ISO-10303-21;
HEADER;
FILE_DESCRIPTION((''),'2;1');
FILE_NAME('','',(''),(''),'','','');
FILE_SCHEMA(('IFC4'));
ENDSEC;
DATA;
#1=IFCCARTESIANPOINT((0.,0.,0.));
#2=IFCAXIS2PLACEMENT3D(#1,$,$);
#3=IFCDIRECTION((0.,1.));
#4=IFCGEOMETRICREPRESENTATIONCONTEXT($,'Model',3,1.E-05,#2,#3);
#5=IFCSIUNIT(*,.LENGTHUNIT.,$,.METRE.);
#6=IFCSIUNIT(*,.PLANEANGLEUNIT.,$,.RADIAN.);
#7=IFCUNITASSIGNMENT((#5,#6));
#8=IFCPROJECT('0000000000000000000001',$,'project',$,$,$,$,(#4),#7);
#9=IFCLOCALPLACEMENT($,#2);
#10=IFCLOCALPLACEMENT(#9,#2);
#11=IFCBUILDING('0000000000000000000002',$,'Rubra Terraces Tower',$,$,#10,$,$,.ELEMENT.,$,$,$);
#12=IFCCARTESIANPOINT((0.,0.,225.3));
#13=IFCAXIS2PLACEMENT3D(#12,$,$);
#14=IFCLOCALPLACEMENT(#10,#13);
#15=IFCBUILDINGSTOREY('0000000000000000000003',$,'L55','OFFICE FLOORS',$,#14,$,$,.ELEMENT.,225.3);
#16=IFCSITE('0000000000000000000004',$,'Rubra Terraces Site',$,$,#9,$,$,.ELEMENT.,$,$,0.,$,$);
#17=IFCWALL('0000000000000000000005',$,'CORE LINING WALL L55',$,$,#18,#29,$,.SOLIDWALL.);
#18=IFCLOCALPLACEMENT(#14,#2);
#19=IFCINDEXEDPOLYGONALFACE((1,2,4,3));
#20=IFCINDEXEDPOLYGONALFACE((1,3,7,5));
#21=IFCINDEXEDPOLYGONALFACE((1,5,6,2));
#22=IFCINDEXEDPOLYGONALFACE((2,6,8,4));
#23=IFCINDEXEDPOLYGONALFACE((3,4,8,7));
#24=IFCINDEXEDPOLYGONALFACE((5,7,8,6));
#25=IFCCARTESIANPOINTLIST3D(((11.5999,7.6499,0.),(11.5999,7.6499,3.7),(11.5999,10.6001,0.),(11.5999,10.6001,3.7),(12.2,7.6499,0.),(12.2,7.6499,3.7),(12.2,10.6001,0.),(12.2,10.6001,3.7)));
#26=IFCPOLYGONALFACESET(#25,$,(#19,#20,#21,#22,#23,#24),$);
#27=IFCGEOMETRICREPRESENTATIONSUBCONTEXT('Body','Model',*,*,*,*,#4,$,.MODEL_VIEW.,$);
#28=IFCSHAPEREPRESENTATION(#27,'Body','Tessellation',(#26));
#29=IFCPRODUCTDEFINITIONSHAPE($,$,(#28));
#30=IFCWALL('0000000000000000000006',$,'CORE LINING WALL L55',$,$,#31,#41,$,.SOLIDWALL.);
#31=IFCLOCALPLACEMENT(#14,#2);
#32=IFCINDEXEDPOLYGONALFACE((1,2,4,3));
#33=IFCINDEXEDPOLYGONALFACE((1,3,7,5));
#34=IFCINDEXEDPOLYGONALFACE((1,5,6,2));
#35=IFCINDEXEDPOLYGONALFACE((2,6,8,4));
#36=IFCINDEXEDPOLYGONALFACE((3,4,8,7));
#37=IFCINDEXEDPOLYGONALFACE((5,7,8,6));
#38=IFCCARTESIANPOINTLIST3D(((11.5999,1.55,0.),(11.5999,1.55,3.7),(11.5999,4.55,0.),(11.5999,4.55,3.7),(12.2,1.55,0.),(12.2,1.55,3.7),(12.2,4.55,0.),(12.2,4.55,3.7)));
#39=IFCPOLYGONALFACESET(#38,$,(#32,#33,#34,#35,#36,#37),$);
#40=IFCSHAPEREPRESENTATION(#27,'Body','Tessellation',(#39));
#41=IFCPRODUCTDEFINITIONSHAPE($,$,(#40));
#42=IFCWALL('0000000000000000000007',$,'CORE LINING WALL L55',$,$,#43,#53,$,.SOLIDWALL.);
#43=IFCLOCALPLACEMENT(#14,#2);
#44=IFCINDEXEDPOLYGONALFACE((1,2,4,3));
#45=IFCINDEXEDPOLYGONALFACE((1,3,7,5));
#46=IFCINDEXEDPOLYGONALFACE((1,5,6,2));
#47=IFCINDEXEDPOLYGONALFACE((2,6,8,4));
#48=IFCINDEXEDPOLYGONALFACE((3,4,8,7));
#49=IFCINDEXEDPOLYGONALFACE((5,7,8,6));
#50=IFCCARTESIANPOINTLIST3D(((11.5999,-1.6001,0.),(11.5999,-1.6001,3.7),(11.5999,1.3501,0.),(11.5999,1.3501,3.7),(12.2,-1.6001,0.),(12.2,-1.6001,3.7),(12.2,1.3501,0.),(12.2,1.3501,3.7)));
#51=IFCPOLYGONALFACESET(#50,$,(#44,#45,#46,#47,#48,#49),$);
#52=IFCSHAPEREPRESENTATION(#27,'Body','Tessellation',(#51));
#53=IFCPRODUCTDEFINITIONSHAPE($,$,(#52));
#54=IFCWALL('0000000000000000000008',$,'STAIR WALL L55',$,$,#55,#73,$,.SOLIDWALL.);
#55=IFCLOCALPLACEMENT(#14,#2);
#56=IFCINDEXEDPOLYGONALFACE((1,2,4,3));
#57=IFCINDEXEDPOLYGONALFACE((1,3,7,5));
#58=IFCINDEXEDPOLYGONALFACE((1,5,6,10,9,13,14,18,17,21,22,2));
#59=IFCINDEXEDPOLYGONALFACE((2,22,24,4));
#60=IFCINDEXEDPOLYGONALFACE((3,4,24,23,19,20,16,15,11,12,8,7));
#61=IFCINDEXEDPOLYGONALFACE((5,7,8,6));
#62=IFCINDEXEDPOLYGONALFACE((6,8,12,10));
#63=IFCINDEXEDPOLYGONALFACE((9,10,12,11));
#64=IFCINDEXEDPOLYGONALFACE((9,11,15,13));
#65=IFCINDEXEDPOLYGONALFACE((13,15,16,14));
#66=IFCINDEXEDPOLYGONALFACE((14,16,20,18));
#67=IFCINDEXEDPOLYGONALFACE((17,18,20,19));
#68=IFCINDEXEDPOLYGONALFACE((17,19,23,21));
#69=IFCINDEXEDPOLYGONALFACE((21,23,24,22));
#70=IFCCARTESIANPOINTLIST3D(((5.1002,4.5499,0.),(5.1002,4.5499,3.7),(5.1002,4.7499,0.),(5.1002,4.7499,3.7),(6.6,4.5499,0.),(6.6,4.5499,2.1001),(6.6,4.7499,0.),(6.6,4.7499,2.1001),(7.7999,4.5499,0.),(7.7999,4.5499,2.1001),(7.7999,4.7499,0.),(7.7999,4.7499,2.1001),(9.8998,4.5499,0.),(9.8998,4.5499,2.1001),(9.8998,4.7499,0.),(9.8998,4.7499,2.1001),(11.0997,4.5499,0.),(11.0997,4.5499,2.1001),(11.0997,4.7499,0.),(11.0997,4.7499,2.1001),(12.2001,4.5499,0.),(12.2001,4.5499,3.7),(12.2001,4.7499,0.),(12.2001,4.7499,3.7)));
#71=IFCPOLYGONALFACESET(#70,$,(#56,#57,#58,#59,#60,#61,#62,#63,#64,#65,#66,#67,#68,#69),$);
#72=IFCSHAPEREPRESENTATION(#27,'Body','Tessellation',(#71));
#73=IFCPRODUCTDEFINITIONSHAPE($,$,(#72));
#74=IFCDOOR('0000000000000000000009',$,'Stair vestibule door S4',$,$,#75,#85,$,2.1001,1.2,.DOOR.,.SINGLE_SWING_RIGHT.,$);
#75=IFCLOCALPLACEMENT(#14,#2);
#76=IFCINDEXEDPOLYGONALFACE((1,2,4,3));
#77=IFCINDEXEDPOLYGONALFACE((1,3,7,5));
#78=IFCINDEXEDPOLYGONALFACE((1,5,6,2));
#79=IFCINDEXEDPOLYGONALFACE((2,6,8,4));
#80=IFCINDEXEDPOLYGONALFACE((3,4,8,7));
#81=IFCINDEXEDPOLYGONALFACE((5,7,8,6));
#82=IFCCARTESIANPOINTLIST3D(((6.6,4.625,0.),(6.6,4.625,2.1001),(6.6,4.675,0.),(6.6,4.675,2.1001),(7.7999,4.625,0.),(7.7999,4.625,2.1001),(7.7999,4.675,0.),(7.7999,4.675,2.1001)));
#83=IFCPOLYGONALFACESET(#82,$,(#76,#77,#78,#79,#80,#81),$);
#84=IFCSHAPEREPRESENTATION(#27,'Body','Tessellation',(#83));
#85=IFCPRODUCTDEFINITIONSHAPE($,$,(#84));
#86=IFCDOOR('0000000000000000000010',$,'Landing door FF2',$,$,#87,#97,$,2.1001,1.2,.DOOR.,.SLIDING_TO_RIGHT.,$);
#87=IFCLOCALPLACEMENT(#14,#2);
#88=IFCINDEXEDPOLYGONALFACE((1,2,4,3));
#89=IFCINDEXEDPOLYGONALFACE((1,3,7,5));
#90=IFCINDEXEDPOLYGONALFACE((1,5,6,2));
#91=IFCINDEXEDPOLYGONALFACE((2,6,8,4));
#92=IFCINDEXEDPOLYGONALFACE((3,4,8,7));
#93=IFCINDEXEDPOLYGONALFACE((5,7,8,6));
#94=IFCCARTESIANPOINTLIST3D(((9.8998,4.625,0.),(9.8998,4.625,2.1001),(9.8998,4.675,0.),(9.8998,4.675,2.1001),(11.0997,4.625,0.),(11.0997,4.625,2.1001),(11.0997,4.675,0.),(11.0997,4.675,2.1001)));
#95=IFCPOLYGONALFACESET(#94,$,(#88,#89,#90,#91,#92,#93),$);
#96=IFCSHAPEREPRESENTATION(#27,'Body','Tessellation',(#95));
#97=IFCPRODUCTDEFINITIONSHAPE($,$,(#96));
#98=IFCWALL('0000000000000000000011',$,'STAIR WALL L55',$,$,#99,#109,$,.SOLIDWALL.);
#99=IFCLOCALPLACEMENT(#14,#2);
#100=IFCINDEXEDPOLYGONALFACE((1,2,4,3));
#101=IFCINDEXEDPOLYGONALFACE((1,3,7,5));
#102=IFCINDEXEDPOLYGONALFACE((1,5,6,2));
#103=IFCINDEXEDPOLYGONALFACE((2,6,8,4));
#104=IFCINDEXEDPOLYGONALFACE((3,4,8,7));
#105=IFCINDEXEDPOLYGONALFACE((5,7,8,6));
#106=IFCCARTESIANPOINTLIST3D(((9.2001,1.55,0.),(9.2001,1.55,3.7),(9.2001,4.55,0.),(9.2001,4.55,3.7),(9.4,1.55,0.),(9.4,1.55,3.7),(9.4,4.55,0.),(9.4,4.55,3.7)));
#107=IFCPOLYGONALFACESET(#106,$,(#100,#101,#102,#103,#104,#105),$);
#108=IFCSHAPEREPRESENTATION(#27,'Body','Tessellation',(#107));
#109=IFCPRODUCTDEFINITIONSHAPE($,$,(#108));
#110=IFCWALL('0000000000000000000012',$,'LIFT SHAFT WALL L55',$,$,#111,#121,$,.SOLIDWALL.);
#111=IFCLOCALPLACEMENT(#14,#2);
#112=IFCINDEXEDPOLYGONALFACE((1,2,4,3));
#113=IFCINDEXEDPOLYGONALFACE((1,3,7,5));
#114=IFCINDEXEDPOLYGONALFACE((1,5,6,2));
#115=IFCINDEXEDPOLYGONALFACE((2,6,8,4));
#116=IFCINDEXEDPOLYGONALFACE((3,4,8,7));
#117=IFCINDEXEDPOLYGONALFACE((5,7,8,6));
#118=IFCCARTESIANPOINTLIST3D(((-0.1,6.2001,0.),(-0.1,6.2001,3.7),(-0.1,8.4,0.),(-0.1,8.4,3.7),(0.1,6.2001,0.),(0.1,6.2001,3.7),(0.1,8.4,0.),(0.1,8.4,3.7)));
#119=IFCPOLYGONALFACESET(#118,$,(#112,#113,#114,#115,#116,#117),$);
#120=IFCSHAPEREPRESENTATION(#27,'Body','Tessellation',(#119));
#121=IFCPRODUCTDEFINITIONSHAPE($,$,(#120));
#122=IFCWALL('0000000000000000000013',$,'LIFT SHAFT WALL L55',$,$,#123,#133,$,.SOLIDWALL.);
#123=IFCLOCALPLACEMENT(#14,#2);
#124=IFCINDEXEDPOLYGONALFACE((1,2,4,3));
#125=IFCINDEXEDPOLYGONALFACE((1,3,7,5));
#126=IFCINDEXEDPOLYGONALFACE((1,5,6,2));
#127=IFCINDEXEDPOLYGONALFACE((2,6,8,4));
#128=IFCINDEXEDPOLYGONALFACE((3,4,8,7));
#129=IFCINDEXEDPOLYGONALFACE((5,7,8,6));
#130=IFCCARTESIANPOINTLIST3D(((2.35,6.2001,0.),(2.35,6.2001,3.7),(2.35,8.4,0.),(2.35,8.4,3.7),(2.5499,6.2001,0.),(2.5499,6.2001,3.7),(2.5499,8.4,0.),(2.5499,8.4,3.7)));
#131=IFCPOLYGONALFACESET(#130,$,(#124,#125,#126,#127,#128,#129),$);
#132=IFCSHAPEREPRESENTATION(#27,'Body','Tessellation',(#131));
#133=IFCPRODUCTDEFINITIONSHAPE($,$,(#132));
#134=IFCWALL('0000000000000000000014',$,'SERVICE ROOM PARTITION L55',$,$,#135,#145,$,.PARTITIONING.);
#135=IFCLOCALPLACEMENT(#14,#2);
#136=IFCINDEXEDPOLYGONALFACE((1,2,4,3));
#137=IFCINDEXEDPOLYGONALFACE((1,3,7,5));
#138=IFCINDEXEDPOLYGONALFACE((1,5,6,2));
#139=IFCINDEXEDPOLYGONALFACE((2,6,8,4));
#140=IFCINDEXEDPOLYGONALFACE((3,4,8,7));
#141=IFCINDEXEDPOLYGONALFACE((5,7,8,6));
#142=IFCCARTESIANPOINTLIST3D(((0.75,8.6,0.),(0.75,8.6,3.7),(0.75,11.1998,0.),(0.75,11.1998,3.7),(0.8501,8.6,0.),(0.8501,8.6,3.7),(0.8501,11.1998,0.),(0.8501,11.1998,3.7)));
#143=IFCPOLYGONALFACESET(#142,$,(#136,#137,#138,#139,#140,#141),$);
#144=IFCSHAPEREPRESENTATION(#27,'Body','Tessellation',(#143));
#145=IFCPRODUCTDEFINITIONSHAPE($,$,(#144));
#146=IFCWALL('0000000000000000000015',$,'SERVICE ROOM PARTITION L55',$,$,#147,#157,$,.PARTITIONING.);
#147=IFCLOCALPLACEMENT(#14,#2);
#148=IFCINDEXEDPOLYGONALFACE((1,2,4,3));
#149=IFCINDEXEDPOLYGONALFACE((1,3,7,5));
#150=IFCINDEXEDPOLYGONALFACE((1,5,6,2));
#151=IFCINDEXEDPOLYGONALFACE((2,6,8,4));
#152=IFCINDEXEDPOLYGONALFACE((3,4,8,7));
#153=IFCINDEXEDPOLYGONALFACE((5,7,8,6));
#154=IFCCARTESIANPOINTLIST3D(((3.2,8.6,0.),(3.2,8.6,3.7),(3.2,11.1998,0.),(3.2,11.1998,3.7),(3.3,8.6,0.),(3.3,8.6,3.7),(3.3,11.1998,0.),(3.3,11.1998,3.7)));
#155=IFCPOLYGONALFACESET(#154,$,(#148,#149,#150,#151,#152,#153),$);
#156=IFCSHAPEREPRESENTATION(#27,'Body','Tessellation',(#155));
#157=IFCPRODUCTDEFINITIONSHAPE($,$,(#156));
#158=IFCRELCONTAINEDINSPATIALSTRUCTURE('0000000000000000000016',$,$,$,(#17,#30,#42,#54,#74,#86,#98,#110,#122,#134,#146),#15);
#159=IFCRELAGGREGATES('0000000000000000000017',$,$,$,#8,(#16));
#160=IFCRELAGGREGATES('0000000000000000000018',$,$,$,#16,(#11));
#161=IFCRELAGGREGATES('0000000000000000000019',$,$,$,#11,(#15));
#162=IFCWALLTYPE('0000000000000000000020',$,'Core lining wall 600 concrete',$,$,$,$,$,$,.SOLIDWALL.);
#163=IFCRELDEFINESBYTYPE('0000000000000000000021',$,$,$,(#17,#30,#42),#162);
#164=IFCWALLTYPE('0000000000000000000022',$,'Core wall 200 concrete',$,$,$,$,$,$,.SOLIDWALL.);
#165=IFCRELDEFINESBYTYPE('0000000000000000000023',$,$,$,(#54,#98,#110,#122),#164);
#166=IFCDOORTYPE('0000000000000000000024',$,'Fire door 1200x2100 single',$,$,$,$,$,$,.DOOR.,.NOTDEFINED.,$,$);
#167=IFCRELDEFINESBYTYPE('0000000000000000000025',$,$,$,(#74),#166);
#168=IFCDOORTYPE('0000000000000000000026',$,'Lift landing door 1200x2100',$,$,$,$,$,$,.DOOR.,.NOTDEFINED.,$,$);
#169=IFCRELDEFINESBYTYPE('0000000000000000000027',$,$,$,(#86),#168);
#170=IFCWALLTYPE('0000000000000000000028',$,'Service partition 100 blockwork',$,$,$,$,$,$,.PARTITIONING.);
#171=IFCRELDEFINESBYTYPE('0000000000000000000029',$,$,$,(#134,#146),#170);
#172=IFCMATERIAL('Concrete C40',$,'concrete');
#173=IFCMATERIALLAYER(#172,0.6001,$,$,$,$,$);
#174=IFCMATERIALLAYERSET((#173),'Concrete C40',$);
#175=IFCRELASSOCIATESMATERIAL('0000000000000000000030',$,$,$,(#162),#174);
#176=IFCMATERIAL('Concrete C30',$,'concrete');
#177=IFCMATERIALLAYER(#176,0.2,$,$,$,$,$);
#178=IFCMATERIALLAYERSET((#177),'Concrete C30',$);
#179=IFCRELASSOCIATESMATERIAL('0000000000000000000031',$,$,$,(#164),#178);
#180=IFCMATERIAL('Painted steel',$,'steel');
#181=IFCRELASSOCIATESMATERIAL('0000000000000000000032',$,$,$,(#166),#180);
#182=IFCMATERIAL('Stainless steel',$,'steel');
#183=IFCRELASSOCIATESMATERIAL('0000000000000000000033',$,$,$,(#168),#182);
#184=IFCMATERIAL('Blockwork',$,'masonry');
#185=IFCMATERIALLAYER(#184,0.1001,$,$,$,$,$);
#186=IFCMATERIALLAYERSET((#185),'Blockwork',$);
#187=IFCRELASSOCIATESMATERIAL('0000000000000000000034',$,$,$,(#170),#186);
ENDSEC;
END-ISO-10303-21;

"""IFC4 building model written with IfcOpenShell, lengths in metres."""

from ifc_helpers import new_model, si_unit, direction, frame, frame_2d, origin, place, context, subcontext, project, spatial, rectangle, extrude, material, layer, layer_set, type_object, element, fill, save


model = new_model("IFC4")

# Units and contexts
model_context = context("Model", 3, precision=1e-05, world=origin(), true_north=direction((0.0, 1.0)))
body_context = subcontext(model_context, "Body", "Model", "MODEL_VIEW")
ifc_project = project(units=[si_unit("LENGTHUNIT", "METRE"), si_unit("PLANEANGLEUNIT", "RADIAN")], contexts=[model_context])

# Site, building, storey
site_placement = place(None, origin())
site = spatial("IfcSite", under=ifc_project, at=site_placement, Name="Rubra Terraces Site", CompositionType="ELEMENT", RefElevation=0.0)
building_placement = place(site_placement, origin())
building = spatial("IfcBuilding", under=site, at=building_placement, Name="Rubra Terraces Tower", CompositionType="ELEMENT")
storey_placement = place(building_placement, frame((0.0, 0.0, 225.3)))
storey = spatial("IfcBuildingStorey", under=building, at=storey_placement, Name="L55", Description="OFFICE FLOORS", CompositionType="ELEMENT", Elevation=225.3)

# Walls
ifc_material_1 = material(Name="Concrete C40", Category="concrete")
ifc_layer_1 = layer(ifc_material_1, 0.6001)
ifc_layer_set_1 = layer_set([ifc_layer_1], Name="Concrete C40")
wall_type_1 = type_object("IfcWallType", Name="Core lining wall 600 concrete", PredefinedType="SOLIDWALL", material=ifc_layer_set_1)
wall_1_placement = place(storey_placement, frame((11.8999, 10.6001, 0.0), z_axis=(0.0, 0.0, 1.0), x_axis=(0.0, -1.0, 0.0)))
element("IfcWall", 1, at=wall_1_placement, inside=storey, type_object=wall_type_1, Name="CORE LINING WALL L55", PredefinedType="SOLIDWALL", context=body_context, shape_type="SweptSolid", body=[
    extrude(rectangle(XDim=2.9502, YDim=0.6001, at=frame_2d((1.4751, 0.0))), origin(), (0.0, 0.0, 1.0), 3.7),
])
wall_2_placement = place(storey_placement, frame((11.8999, 4.55, 0.0), z_axis=(0.0, 0.0, 1.0), x_axis=(0.0, -1.0, 0.0)))
element("IfcWall", 2, at=wall_2_placement, inside=storey, type_object=wall_type_1, Name="CORE LINING WALL L55", PredefinedType="SOLIDWALL", context=body_context, shape_type="SweptSolid", body=[
    extrude(rectangle(XDim=3.0, YDim=0.6001, at=frame_2d((1.5, 0.0))), origin(), (0.0, 0.0, 1.0), 3.7),
])
wall_3_placement = place(storey_placement, frame((11.8999, 1.3501, 0.0), z_axis=(0.0, 0.0, 1.0), x_axis=(0.0, -1.0, 0.0)))
element("IfcWall", 3, at=wall_3_placement, inside=storey, type_object=wall_type_1, Name="CORE LINING WALL L55", PredefinedType="SOLIDWALL", context=body_context, shape_type="SweptSolid", body=[
    extrude(rectangle(XDim=2.9502, YDim=0.6001, at=frame_2d((1.4751, 0.0))), origin(), (0.0, 0.0, 1.0), 3.7),
])

# Wall, openings, doors
ifc_material_2 = material(Name="Concrete C30", Category="concrete")
ifc_layer_2 = layer(ifc_material_2, 0.2)
ifc_layer_set_2 = layer_set([ifc_layer_2], Name="Concrete C30")
wall_type_2 = type_object("IfcWallType", Name="Core wall 200 concrete", PredefinedType="SOLIDWALL", material=ifc_layer_set_2)
wall_4_placement = place(storey_placement, frame((12.2, 4.6499, 0.0), z_axis=(0.0, 0.0, 1.0), x_axis=(-1.0, 0.0, 0.0)))
wall_4 = element("IfcWall", 4, at=wall_4_placement, inside=storey, type_object=wall_type_2, Name="STAIR WALL L55", PredefinedType="SOLIDWALL", context=body_context, shape_type="SweptSolid", body=[
    extrude(rectangle(XDim=7.0999, YDim=0.2, at=frame_2d((3.5498, 0.0))), origin(), (0.0, 0.0, 1.0), 3.7),
])
opening_1_placement = place(wall_4_placement, frame((4.3999, 0.0, 0.0)))
opening_1 = element("IfcOpeningElement", 5, at=opening_1_placement, cuts=wall_4, PredefinedType="OPENING", context=body_context, shape_type="SweptSolid", body=[
    extrude(rectangle(XDim=1.2, YDim=2.1001, at=frame_2d((0.6001, 1.05))), frame((0.0, 0.1099, 0.0), z_axis=(0.0, -1.0, 0.0), x_axis=(1.0, 0.0, 0.0)), (0.0, 0.0, 1.0), 0.22),
])
opening_2_placement = place(wall_4_placement, frame((1.1001, 0.0, 0.0)))
opening_2 = element("IfcOpeningElement", 6, at=opening_2_placement, cuts=wall_4, PredefinedType="OPENING", context=body_context, shape_type="SweptSolid", body=[
    extrude(rectangle(XDim=1.2, YDim=2.1001, at=frame_2d((0.6001, 1.05))), frame((0.0, 0.1099, 0.0), z_axis=(0.0, -1.0, 0.0), x_axis=(1.0, 0.0, 0.0)), (0.0, 0.0, 1.0), 0.22),
])
ifc_material_3 = material(Name="Painted steel", Category="steel")
door_type_1 = type_object("IfcDoorType", Name="Fire door 1200x2100 single", OperationType="NOTDEFINED", PredefinedType="DOOR", material=ifc_material_3)
door_1_placement = place(opening_1_placement, origin())
door_1 = element("IfcDoor", 7, at=door_1_placement, inside=storey, type_object=door_type_1, Name="Stair vestibule door S4", OperationType="SINGLE_SWING_RIGHT", OverallHeight=2.1001, OverallWidth=1.2, PredefinedType="DOOR", context=body_context, shape_type="SweptSolid", body=[
    extrude(rectangle(XDim=1.2, YDim=2.1001, at=frame_2d((0.6001, 1.05))), frame((0.0, 0.0249, 0.0), z_axis=(0.0, -1.0, 0.0), x_axis=(1.0, 0.0, 0.0)), (0.0, 0.0, 1.0), 0.05),
])
fill(opening_1, door_1)
ifc_material_4 = material(Name="Stainless steel", Category="steel")
door_type_2 = type_object("IfcDoorType", Name="Lift landing door 1200x2100", OperationType="NOTDEFINED", PredefinedType="DOOR", material=ifc_material_4)
door_2_placement = place(opening_2_placement, origin())
door_2 = element("IfcDoor", 8, at=door_2_placement, inside=storey, type_object=door_type_2, Name="Landing door FF2", OperationType="SLIDING_TO_RIGHT", OverallHeight=2.1001, OverallWidth=1.2, PredefinedType="DOOR", context=body_context, shape_type="SweptSolid", body=[
    extrude(rectangle(XDim=1.2, YDim=2.1001, at=frame_2d((0.6001, 1.05))), frame((0.0, 0.0249, 0.0), z_axis=(0.0, -1.0, 0.0), x_axis=(1.0, 0.0, 0.0)), (0.0, 0.0, 1.0), 0.05),
])
fill(opening_2, door_2)

# Walls
wall_5_placement = place(storey_placement, frame((9.3, 4.55, 0.0), z_axis=(0.0, 0.0, 1.0), x_axis=(0.0, -1.0, 0.0)))
element("IfcWall", 9, at=wall_5_placement, inside=storey, type_object=wall_type_2, Name="STAIR WALL L55", PredefinedType="SOLIDWALL", context=body_context, shape_type="SweptSolid", body=[
    extrude(rectangle(XDim=3.0, YDim=0.2, at=frame_2d((1.5, 0.0))), origin(), (0.0, 0.0, 1.0), 3.7),
])
for number, where, z_axis, x_axis, name in (
    (10, (0.0, 6.2, 0.0), (0.0, 0.0, 1.0), (0.0, 1.0, 0.0), "LIFT SHAFT WALL L55"),
    (11, (2.45, 6.2, 0.0), (0.0, 0.0, 1.0), (0.0, 1.0, 0.0), "LIFT SHAFT WALL L55"),
):
    element("IfcWall", number, at=place(storey_placement, frame(where, z_axis=z_axis, x_axis=x_axis)), inside=storey, type_object=wall_type_2, Name=name, PredefinedType="SOLIDWALL", context=body_context, shape_type="SweptSolid", body=[
        extrude(rectangle(XDim=2.2, YDim=0.2, at=frame_2d((1.1001, 0.0))), origin(), (0.0, 0.0, 1.0), 3.7),
    ])
ifc_material_5 = material(Name="Blockwork", Category="masonry")
ifc_layer_3 = layer(ifc_material_5, 0.1001)
ifc_layer_set_3 = layer_set([ifc_layer_3], Name="Blockwork")
wall_type_3 = type_object("IfcWallType", Name="Service partition 100 blockwork", PredefinedType="PARTITIONING", material=ifc_layer_set_3)
for number, where, z_axis, x_axis, name in (
    (12, (0.8, 8.6001, 0.0), (0.0, 0.0, 1.0), (0.0, 1.0, 0.0), "SERVICE ROOM PARTITION L55"),
    (13, (3.25, 8.6001, 0.0), (0.0, 0.0, 1.0), (0.0, 1.0, 0.0), "SERVICE ROOM PARTITION L55"),
):
    element("IfcWall", number, at=place(storey_placement, frame(where, z_axis=z_axis, x_axis=x_axis)), inside=storey, type_object=wall_type_3, Name=name, PredefinedType="PARTITIONING", context=body_context, shape_type="SweptSolid", body=[
        extrude(rectangle(XDim=2.5999, YDim=0.1001, at=frame_2d((1.2998, 0.0))), origin(), (0.0, 0.0, 1.0), 3.7),
    ])

save(model, "model.ifc")
